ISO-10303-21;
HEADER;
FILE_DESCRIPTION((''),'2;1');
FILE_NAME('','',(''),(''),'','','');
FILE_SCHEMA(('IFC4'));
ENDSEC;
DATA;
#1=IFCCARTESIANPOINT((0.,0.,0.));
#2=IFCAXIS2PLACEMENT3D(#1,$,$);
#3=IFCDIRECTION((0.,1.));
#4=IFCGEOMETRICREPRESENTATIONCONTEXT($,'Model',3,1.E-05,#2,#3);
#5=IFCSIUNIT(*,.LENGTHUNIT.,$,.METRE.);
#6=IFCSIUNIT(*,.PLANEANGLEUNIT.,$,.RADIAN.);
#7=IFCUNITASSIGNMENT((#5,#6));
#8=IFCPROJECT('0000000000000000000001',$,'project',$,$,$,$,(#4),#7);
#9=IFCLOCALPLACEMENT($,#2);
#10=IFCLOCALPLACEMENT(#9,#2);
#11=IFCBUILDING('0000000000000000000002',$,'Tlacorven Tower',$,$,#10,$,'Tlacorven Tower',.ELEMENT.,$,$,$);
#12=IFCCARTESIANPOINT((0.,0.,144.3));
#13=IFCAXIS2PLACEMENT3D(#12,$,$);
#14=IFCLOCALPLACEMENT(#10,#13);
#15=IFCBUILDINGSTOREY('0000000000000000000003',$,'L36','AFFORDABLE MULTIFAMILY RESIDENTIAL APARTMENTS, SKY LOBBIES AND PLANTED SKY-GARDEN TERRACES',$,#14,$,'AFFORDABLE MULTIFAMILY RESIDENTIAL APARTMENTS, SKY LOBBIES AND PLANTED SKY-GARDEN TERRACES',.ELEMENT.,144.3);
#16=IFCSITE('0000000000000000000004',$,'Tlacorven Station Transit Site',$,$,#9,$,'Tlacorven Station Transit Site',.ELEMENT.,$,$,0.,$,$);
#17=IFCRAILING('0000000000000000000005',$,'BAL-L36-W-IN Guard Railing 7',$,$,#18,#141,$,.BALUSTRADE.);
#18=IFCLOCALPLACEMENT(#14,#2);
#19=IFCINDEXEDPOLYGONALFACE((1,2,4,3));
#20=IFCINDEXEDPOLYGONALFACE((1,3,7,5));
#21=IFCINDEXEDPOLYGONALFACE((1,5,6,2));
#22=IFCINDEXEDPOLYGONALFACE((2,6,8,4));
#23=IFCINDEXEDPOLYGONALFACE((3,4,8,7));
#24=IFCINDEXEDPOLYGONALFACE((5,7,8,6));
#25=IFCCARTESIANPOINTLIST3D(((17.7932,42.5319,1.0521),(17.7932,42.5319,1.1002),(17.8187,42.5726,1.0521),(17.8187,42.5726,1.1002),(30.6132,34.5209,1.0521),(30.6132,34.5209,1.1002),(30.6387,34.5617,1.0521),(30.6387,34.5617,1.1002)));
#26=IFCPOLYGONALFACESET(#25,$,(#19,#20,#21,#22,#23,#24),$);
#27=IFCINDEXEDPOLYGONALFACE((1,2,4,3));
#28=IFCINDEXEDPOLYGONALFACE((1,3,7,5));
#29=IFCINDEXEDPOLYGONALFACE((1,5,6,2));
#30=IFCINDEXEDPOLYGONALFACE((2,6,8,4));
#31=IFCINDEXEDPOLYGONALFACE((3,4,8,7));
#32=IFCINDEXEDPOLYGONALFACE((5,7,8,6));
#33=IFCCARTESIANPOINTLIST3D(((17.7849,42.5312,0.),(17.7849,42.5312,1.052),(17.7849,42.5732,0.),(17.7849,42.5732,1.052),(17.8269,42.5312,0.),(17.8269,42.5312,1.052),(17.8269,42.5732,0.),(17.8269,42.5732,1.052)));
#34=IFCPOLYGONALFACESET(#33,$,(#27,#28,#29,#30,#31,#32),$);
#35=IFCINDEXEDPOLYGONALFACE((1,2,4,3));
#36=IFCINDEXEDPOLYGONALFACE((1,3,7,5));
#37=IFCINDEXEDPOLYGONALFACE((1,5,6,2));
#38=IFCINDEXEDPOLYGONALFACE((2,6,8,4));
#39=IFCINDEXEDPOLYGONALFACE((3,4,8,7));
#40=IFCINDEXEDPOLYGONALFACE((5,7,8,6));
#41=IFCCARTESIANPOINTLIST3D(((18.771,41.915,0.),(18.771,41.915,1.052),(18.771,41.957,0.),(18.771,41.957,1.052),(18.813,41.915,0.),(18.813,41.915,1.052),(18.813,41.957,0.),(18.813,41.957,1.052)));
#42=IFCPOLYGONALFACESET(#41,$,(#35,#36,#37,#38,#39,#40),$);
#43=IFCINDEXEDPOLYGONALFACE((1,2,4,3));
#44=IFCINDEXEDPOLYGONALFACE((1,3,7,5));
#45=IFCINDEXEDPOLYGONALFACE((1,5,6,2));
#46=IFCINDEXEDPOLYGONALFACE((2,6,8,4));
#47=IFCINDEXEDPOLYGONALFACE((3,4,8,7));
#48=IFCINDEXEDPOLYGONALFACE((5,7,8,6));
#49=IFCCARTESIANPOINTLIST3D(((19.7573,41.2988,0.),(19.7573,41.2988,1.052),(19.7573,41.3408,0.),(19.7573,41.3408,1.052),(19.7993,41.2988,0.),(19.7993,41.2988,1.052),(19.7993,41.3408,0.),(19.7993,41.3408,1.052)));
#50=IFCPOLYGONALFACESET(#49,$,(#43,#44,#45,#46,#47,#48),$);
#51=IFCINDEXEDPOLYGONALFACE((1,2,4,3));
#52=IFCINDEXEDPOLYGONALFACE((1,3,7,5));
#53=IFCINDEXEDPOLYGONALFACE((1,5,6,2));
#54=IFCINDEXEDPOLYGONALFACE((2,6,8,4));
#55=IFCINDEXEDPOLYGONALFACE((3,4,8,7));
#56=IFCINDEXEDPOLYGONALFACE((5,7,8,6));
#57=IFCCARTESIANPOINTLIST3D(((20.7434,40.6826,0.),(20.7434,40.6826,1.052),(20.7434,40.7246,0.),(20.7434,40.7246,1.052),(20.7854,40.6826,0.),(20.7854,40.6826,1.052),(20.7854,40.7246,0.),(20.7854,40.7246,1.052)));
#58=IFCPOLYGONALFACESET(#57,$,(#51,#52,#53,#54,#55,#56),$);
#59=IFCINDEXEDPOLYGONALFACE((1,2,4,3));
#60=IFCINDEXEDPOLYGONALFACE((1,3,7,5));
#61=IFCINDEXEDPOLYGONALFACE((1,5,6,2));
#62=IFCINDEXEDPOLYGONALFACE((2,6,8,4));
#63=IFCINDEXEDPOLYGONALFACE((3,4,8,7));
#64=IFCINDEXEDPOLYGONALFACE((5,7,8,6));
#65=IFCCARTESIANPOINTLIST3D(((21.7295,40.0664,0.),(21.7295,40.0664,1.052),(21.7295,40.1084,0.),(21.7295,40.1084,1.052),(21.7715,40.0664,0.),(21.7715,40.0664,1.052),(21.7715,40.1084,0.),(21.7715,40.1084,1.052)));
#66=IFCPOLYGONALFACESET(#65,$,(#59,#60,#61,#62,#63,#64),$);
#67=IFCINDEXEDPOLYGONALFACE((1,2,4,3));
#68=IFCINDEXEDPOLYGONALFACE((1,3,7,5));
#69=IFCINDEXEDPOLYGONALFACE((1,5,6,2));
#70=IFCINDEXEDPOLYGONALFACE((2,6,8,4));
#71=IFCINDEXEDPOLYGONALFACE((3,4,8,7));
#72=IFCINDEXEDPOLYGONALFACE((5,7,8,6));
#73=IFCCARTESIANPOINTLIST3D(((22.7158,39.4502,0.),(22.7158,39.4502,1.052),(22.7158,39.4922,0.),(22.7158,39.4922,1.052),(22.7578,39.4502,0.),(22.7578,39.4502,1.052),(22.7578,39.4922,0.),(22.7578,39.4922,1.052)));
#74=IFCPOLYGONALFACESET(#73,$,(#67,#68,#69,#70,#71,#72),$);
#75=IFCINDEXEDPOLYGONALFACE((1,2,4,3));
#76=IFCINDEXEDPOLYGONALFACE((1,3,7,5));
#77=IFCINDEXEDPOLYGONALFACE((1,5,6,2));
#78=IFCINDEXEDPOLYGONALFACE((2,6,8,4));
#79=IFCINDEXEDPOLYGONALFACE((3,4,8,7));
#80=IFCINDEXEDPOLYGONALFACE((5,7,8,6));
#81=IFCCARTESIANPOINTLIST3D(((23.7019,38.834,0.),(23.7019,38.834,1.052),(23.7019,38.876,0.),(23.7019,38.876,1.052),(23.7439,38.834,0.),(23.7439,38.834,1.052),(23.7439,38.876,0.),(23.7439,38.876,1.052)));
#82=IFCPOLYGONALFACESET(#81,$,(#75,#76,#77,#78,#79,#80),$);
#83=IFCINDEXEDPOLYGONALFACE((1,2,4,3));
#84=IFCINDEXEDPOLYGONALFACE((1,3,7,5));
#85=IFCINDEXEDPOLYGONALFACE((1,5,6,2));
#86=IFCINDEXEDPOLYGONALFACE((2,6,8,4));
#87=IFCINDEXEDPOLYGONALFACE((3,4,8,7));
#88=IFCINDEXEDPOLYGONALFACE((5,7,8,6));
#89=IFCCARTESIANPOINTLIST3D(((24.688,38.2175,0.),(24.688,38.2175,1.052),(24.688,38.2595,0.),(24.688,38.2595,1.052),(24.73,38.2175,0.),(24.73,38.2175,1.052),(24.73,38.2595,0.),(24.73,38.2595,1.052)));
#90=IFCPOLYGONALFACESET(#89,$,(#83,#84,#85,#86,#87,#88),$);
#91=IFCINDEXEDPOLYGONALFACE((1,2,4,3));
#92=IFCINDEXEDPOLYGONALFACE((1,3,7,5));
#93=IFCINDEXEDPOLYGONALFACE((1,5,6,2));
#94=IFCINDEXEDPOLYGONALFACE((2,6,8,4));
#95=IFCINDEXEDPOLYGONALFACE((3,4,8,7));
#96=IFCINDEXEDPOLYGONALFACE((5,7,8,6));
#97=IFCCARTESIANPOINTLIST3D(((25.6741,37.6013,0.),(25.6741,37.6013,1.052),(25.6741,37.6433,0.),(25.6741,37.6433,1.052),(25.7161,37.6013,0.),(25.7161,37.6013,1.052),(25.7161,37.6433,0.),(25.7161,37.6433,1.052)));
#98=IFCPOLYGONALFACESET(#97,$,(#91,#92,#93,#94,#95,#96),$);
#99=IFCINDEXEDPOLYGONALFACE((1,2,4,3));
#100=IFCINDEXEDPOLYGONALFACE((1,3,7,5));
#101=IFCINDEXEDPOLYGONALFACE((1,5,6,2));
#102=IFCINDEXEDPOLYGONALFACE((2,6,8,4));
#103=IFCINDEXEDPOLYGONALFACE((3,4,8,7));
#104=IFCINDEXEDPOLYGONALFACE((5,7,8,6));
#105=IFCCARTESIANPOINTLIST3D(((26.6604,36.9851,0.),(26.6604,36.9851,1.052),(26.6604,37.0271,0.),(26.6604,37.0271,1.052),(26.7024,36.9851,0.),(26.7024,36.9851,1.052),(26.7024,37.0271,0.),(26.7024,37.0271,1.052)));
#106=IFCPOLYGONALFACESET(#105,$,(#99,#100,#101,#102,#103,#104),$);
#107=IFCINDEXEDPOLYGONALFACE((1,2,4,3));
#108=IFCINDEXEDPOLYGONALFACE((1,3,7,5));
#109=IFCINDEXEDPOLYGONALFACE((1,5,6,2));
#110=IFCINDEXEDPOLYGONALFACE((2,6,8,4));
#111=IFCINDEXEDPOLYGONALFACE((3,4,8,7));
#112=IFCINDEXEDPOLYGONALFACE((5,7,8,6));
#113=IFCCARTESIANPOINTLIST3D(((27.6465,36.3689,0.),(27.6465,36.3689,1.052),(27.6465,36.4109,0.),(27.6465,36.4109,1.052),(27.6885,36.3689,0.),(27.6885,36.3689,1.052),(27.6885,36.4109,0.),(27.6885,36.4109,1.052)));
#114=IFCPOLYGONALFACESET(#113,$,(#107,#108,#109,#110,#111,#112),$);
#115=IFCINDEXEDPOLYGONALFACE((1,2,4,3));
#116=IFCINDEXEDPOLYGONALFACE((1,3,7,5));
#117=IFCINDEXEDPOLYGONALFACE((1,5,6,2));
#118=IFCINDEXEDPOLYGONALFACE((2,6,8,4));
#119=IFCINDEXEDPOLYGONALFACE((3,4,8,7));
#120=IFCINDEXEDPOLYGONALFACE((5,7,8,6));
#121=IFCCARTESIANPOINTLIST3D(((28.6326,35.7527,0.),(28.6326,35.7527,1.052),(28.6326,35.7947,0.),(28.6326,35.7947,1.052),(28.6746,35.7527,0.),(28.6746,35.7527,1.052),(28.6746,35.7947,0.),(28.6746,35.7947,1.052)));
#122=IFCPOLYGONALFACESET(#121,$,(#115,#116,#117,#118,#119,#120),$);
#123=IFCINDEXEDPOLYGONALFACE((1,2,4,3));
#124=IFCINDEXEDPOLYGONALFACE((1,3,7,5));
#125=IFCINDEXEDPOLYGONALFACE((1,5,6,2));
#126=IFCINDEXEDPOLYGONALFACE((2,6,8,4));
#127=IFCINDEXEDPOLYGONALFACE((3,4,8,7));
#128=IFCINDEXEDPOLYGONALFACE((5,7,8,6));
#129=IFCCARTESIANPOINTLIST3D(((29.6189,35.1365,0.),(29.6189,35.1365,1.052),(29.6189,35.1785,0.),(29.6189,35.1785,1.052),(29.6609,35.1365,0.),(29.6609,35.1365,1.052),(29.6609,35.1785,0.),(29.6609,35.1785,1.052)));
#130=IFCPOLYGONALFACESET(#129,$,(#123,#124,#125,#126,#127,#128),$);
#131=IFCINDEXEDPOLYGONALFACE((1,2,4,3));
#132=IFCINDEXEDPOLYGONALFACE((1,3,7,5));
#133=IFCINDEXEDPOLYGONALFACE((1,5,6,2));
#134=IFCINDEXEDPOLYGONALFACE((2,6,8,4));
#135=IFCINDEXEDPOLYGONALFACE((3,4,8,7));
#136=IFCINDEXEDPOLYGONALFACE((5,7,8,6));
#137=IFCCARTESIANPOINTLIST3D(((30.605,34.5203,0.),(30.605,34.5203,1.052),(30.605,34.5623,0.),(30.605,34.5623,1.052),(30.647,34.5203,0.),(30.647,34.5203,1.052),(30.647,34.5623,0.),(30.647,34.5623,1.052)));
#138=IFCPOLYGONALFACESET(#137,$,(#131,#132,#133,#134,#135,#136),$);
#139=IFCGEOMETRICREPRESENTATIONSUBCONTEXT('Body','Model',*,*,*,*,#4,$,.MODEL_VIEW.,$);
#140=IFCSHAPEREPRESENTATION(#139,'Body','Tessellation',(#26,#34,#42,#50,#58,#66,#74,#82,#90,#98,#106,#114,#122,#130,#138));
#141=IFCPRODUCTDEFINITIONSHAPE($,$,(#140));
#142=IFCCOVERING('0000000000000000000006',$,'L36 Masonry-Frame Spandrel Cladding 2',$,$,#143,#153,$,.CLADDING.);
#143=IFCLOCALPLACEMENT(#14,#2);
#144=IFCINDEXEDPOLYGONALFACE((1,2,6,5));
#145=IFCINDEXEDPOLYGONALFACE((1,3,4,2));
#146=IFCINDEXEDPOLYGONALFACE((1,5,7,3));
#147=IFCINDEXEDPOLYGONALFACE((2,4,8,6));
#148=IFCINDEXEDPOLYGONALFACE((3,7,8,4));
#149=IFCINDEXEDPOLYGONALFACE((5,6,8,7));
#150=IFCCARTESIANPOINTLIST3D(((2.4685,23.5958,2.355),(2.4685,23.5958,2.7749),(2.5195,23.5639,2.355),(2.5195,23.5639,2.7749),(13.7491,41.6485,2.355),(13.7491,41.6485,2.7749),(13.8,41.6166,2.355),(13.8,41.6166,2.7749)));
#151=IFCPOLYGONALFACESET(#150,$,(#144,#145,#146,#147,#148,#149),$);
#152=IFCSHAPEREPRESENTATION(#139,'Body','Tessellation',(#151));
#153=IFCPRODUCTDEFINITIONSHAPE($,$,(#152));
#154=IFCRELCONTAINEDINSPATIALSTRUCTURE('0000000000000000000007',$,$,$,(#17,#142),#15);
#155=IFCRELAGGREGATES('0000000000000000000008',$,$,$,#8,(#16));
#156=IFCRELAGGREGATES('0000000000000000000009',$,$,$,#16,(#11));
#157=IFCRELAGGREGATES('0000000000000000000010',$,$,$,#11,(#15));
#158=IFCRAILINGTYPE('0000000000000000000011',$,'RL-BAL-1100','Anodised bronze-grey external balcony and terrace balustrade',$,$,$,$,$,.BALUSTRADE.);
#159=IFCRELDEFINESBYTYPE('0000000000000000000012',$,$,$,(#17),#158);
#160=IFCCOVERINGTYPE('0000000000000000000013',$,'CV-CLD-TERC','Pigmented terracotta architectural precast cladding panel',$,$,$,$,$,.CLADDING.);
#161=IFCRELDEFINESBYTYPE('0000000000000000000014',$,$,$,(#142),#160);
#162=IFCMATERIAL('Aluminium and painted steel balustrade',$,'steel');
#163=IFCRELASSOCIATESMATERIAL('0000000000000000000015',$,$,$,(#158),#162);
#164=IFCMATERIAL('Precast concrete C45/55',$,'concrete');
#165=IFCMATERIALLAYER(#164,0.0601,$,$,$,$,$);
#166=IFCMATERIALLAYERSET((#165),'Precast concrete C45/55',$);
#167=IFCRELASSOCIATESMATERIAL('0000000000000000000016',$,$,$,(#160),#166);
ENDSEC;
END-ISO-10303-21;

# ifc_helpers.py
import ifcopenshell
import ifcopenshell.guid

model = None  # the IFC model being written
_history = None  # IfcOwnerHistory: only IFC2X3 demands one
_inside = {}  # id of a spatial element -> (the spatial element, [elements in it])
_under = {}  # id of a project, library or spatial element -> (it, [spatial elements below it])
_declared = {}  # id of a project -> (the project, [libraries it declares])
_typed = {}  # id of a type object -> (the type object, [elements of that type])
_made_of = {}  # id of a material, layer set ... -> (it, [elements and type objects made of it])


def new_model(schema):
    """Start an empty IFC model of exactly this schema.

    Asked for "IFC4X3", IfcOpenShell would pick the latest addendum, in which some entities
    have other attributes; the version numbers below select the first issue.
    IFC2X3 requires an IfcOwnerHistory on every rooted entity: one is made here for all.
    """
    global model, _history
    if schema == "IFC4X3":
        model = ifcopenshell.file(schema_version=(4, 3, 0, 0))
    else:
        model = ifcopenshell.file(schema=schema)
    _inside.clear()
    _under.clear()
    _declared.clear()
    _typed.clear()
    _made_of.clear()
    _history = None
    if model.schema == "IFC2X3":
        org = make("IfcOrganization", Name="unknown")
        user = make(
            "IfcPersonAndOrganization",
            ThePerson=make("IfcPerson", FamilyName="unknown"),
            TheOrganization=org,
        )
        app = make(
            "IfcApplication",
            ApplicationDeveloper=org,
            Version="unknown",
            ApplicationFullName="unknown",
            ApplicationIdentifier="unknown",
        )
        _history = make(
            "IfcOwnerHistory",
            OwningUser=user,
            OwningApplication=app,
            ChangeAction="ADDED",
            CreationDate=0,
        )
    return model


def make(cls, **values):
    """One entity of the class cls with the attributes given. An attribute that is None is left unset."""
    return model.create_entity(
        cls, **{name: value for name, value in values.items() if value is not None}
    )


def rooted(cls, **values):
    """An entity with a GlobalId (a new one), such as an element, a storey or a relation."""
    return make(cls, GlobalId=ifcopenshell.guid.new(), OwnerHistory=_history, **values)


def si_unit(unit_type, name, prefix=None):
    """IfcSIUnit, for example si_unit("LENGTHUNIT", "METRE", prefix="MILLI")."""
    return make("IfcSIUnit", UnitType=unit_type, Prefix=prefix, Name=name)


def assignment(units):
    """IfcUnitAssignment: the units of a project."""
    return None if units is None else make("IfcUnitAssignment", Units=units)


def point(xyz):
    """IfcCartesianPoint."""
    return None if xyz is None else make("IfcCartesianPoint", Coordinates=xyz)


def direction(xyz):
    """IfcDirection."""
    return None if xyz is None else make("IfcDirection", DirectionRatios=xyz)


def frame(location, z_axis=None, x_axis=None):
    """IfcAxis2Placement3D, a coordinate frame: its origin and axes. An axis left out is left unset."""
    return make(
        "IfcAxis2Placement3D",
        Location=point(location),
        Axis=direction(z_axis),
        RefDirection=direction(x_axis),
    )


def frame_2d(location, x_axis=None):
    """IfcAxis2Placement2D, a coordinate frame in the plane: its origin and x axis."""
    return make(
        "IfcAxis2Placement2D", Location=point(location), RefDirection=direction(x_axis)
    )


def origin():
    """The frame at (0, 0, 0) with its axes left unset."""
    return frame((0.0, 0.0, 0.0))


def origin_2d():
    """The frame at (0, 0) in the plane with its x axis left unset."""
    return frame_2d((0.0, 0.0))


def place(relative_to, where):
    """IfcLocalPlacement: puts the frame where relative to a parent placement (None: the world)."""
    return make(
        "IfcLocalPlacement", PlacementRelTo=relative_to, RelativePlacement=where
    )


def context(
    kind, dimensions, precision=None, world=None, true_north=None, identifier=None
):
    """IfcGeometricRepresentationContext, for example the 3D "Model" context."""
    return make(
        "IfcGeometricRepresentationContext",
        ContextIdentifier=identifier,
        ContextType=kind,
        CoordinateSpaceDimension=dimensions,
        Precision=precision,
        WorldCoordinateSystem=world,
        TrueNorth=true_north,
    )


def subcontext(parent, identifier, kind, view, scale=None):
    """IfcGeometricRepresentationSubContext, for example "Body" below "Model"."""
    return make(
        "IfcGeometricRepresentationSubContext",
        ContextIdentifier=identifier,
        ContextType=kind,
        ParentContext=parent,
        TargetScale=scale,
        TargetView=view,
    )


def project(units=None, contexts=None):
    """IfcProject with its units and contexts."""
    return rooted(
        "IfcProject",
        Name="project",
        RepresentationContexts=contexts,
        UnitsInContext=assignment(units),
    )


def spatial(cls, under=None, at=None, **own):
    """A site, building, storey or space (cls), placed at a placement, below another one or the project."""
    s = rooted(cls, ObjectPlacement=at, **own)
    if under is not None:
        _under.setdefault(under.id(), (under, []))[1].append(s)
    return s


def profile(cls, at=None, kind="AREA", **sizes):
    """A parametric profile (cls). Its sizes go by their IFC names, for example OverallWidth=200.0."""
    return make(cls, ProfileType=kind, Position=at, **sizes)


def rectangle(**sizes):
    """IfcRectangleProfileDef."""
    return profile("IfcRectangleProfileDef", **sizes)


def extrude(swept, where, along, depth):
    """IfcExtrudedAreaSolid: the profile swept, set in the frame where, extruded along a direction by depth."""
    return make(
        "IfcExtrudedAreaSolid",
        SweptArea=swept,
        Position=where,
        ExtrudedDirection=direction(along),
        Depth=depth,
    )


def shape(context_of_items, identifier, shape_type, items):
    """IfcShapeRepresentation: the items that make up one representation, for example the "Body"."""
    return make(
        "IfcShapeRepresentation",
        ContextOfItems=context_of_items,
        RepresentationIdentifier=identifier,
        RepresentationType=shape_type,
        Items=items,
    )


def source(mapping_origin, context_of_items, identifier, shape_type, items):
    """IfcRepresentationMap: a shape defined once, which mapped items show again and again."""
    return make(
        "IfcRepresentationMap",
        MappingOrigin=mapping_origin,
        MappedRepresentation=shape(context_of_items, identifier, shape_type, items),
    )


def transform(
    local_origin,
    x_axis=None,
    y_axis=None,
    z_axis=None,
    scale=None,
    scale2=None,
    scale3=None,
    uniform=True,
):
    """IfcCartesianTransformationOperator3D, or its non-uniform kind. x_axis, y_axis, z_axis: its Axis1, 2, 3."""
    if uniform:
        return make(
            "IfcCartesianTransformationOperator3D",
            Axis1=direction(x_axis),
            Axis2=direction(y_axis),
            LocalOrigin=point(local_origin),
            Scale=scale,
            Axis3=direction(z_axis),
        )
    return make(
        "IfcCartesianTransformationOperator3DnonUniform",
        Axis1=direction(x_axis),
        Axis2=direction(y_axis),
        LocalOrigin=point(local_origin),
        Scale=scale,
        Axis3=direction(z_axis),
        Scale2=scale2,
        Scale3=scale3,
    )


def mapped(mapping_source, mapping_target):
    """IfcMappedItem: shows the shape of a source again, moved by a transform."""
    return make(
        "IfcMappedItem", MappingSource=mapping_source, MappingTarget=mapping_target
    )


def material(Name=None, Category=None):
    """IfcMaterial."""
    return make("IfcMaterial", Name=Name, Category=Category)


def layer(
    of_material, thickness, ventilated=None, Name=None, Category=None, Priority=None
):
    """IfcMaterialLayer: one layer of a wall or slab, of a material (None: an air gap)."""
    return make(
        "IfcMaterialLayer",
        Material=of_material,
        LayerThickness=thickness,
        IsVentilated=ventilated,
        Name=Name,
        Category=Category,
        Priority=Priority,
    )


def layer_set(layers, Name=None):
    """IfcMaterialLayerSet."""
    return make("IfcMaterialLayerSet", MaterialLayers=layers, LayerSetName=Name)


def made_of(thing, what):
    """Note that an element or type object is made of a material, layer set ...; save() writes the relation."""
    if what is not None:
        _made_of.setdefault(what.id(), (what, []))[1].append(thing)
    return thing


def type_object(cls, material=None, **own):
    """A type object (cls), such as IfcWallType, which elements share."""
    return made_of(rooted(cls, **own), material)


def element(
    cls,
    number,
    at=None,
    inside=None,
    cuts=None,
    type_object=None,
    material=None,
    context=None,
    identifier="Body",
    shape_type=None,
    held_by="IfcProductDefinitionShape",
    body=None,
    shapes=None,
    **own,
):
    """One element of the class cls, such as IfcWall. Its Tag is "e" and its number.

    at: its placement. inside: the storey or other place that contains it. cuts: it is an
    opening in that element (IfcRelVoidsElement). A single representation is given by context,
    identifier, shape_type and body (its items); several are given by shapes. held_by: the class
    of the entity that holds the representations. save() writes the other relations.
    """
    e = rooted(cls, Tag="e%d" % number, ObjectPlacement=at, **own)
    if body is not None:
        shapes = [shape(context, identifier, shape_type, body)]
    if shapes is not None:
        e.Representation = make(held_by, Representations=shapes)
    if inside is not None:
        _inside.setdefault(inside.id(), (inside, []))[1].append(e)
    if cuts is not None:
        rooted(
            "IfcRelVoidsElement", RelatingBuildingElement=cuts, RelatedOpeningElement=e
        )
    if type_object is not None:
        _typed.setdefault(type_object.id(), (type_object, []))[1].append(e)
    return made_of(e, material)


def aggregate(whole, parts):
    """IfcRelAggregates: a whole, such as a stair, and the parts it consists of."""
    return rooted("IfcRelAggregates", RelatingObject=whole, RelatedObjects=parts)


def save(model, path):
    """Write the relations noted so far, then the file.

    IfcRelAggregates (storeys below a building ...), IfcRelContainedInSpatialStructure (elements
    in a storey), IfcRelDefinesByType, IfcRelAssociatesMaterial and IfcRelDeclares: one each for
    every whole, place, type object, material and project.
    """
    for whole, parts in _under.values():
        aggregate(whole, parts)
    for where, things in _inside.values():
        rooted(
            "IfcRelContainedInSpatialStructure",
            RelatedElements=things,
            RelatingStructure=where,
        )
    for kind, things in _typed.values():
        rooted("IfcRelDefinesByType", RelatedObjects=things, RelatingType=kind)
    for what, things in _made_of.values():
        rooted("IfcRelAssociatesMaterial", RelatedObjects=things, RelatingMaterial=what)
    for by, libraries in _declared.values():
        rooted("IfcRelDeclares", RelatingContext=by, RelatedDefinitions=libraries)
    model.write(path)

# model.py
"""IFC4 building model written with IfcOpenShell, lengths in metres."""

from ifc_helpers import new_model, si_unit, direction, frame, origin, origin_2d, place, context, subcontext, project, spatial, rectangle, extrude, source, transform, mapped, material, layer, layer_set, type_object, element, save


model = new_model("IFC4")

# Units and contexts
model_context = context("Model", 3, precision=1e-05, world=origin(), true_north=direction((0.0, 1.0)))
body_context = subcontext(model_context, "Body", "Model", "MODEL_VIEW")
ifc_project = project(units=[si_unit("LENGTHUNIT", "METRE"), si_unit("PLANEANGLEUNIT", "RADIAN")], contexts=[model_context])

# Site, building, storey
site_placement = place(None, origin())
site = spatial("IfcSite", under=ifc_project, at=site_placement, Name="Tlacorven Station Transit Site", LongName="Tlacorven Station Transit Site", CompositionType="ELEMENT", RefElevation=0.0)
building_placement = place(site_placement, origin())
building = spatial("IfcBuilding", under=site, at=building_placement, Name="Tlacorven Tower", LongName="Tlacorven Tower", CompositionType="ELEMENT")
storey_placement = place(building_placement, frame((0.0, 0.0, 144.3)))
storey = spatial("IfcBuildingStorey", under=building, at=storey_placement, Name="L36", Description="AFFORDABLE MULTIFAMILY RESIDENTIAL APARTMENTS, SKY LOBBIES AND PLANTED SKY-GARDEN TERRACES", LongName="AFFORDABLE MULTIFAMILY RESIDENTIAL APARTMENTS, SKY LOBBIES AND PLANTED SKY-GARDEN TERRACES", CompositionType="ELEMENT", Elevation=144.3)

# Shared definitions
ifc_material_1 = material(Name="Precast concrete C45/55", Category="concrete")

# Railing
ifc_material_2 = material(Name="Aluminium and painted steel balustrade", Category="steel")
railing_type = type_object("IfcRailingType", Name="RL-BAL-1100", Description="Anodised bronze-grey external balcony and terrace balustrade", PredefinedType="BALUSTRADE", material=ifc_material_2)
shared_shape_1 = source(origin(), body_context, "Body", "SweptSolid", [
    extrude(rectangle(XDim=0.0481, YDim=0.0481, at=origin_2d()), frame((0.0, 0.0, 1.0762), z_axis=(0.848045, -0.529925, 0.0), x_axis=(0.529925, 0.848045, 0.0)), (0.0, 0.0, 1.0), 15.1172),
    extrude(rectangle(XDim=0.042, YDim=0.042, at=origin_2d()), origin(), (0.0, 0.0, 1.0), 1.052),
    extrude(rectangle(XDim=0.042, YDim=0.042, at=origin_2d()), frame((0.9861, -0.6162, 0.0)), (0.0, 0.0, 1.0), 1.052),
    extrude(rectangle(XDim=0.042, YDim=0.042, at=origin_2d()), frame((1.9724, -1.2324, 0.0)), (0.0, 0.0, 1.0), 1.052),
    extrude(rectangle(XDim=0.042, YDim=0.042, at=origin_2d()), frame((2.9585, -1.8486, 0.0)), (0.0, 0.0, 1.0), 1.052),
    extrude(rectangle(XDim=0.042, YDim=0.042, at=origin_2d()), frame((3.9446, -2.4648, 0.0)), (0.0, 0.0, 1.0), 1.052),
    extrude(rectangle(XDim=0.042, YDim=0.042, at=origin_2d()), frame((4.9309, -3.0811, 0.0)), (0.0, 0.0, 1.0), 1.052),
    extrude(rectangle(XDim=0.042, YDim=0.042, at=origin_2d()), frame((5.917, -3.6973, 0.0)), (0.0, 0.0, 1.0), 1.052),
    extrude(rectangle(XDim=0.042, YDim=0.042, at=origin_2d()), frame((6.9031, -4.3137, 0.0)), (0.0, 0.0, 1.0), 1.052),
    extrude(rectangle(XDim=0.042, YDim=0.042, at=origin_2d()), frame((7.8892, -4.9299, 0.0)), (0.0, 0.0, 1.0), 1.052),
    extrude(rectangle(XDim=0.042, YDim=0.042, at=origin_2d()), frame((8.8755, -5.5461, 0.0)), (0.0, 0.0, 1.0), 1.052),
    extrude(rectangle(XDim=0.042, YDim=0.042, at=origin_2d()), frame((9.8616, -6.1624, 0.0)), (0.0, 0.0, 1.0), 1.052),
    extrude(rectangle(XDim=0.042, YDim=0.042, at=origin_2d()), frame((10.8477, -6.7786, 0.0)), (0.0, 0.0, 1.0), 1.052),
    extrude(rectangle(XDim=0.042, YDim=0.042, at=origin_2d()), frame((11.834, -7.3948, 0.0)), (0.0, 0.0, 1.0), 1.052),
    extrude(rectangle(XDim=0.042, YDim=0.042, at=origin_2d()), frame((12.8201, -8.011, 0.0)), (0.0, 0.0, 1.0), 1.052),
])
railing_1_placement = place(storey_placement, frame((17.8059, 42.5522, 0.0)))
element("IfcRailing", 1, at=railing_1_placement, inside=storey, type_object=railing_type, Name="BAL-L36-W-IN Guard Railing 7", PredefinedType="BALUSTRADE", context=body_context, shape_type="MappedRepresentation", body=[
    mapped(shared_shape_1, transform((0.0, 0.0, 0.0), scale=1.0)),
])

# Covering
ifc_layer_1 = layer(ifc_material_1, 0.0601)
ifc_layer_set_1 = layer_set([ifc_layer_1], Name="Precast concrete C45/55")
covering_type = type_object("IfcCoveringType", Name="CV-CLD-TERC", Description="Pigmented terracotta architectural precast cladding panel", PredefinedType="CLADDING", material=ifc_layer_set_1)
shared_shape_2 = source(origin(), body_context, "Body", "SweptSolid", [
    extrude(rectangle(XDim=21.2874, YDim=0.0601, at=origin_2d()), origin(), (0.0, 0.0, 1.0), 0.4199),
])
covering_placement = place(storey_placement, frame((8.1343, 32.6062, 2.355), z_axis=(0.0, 0.0, 1.0), x_axis=(0.529919, 0.848048, 0.0)))
element("IfcCovering", 2, at=covering_placement, inside=storey, type_object=covering_type, Name="L36 Masonry-Frame Spandrel Cladding 2", PredefinedType="CLADDING", context=body_context, shape_type="MappedRepresentation", body=[
    mapped(shared_shape_2, transform((0.0, 0.0, 0.0), scale=1.0)),
])

save(model, "model.ifc")
